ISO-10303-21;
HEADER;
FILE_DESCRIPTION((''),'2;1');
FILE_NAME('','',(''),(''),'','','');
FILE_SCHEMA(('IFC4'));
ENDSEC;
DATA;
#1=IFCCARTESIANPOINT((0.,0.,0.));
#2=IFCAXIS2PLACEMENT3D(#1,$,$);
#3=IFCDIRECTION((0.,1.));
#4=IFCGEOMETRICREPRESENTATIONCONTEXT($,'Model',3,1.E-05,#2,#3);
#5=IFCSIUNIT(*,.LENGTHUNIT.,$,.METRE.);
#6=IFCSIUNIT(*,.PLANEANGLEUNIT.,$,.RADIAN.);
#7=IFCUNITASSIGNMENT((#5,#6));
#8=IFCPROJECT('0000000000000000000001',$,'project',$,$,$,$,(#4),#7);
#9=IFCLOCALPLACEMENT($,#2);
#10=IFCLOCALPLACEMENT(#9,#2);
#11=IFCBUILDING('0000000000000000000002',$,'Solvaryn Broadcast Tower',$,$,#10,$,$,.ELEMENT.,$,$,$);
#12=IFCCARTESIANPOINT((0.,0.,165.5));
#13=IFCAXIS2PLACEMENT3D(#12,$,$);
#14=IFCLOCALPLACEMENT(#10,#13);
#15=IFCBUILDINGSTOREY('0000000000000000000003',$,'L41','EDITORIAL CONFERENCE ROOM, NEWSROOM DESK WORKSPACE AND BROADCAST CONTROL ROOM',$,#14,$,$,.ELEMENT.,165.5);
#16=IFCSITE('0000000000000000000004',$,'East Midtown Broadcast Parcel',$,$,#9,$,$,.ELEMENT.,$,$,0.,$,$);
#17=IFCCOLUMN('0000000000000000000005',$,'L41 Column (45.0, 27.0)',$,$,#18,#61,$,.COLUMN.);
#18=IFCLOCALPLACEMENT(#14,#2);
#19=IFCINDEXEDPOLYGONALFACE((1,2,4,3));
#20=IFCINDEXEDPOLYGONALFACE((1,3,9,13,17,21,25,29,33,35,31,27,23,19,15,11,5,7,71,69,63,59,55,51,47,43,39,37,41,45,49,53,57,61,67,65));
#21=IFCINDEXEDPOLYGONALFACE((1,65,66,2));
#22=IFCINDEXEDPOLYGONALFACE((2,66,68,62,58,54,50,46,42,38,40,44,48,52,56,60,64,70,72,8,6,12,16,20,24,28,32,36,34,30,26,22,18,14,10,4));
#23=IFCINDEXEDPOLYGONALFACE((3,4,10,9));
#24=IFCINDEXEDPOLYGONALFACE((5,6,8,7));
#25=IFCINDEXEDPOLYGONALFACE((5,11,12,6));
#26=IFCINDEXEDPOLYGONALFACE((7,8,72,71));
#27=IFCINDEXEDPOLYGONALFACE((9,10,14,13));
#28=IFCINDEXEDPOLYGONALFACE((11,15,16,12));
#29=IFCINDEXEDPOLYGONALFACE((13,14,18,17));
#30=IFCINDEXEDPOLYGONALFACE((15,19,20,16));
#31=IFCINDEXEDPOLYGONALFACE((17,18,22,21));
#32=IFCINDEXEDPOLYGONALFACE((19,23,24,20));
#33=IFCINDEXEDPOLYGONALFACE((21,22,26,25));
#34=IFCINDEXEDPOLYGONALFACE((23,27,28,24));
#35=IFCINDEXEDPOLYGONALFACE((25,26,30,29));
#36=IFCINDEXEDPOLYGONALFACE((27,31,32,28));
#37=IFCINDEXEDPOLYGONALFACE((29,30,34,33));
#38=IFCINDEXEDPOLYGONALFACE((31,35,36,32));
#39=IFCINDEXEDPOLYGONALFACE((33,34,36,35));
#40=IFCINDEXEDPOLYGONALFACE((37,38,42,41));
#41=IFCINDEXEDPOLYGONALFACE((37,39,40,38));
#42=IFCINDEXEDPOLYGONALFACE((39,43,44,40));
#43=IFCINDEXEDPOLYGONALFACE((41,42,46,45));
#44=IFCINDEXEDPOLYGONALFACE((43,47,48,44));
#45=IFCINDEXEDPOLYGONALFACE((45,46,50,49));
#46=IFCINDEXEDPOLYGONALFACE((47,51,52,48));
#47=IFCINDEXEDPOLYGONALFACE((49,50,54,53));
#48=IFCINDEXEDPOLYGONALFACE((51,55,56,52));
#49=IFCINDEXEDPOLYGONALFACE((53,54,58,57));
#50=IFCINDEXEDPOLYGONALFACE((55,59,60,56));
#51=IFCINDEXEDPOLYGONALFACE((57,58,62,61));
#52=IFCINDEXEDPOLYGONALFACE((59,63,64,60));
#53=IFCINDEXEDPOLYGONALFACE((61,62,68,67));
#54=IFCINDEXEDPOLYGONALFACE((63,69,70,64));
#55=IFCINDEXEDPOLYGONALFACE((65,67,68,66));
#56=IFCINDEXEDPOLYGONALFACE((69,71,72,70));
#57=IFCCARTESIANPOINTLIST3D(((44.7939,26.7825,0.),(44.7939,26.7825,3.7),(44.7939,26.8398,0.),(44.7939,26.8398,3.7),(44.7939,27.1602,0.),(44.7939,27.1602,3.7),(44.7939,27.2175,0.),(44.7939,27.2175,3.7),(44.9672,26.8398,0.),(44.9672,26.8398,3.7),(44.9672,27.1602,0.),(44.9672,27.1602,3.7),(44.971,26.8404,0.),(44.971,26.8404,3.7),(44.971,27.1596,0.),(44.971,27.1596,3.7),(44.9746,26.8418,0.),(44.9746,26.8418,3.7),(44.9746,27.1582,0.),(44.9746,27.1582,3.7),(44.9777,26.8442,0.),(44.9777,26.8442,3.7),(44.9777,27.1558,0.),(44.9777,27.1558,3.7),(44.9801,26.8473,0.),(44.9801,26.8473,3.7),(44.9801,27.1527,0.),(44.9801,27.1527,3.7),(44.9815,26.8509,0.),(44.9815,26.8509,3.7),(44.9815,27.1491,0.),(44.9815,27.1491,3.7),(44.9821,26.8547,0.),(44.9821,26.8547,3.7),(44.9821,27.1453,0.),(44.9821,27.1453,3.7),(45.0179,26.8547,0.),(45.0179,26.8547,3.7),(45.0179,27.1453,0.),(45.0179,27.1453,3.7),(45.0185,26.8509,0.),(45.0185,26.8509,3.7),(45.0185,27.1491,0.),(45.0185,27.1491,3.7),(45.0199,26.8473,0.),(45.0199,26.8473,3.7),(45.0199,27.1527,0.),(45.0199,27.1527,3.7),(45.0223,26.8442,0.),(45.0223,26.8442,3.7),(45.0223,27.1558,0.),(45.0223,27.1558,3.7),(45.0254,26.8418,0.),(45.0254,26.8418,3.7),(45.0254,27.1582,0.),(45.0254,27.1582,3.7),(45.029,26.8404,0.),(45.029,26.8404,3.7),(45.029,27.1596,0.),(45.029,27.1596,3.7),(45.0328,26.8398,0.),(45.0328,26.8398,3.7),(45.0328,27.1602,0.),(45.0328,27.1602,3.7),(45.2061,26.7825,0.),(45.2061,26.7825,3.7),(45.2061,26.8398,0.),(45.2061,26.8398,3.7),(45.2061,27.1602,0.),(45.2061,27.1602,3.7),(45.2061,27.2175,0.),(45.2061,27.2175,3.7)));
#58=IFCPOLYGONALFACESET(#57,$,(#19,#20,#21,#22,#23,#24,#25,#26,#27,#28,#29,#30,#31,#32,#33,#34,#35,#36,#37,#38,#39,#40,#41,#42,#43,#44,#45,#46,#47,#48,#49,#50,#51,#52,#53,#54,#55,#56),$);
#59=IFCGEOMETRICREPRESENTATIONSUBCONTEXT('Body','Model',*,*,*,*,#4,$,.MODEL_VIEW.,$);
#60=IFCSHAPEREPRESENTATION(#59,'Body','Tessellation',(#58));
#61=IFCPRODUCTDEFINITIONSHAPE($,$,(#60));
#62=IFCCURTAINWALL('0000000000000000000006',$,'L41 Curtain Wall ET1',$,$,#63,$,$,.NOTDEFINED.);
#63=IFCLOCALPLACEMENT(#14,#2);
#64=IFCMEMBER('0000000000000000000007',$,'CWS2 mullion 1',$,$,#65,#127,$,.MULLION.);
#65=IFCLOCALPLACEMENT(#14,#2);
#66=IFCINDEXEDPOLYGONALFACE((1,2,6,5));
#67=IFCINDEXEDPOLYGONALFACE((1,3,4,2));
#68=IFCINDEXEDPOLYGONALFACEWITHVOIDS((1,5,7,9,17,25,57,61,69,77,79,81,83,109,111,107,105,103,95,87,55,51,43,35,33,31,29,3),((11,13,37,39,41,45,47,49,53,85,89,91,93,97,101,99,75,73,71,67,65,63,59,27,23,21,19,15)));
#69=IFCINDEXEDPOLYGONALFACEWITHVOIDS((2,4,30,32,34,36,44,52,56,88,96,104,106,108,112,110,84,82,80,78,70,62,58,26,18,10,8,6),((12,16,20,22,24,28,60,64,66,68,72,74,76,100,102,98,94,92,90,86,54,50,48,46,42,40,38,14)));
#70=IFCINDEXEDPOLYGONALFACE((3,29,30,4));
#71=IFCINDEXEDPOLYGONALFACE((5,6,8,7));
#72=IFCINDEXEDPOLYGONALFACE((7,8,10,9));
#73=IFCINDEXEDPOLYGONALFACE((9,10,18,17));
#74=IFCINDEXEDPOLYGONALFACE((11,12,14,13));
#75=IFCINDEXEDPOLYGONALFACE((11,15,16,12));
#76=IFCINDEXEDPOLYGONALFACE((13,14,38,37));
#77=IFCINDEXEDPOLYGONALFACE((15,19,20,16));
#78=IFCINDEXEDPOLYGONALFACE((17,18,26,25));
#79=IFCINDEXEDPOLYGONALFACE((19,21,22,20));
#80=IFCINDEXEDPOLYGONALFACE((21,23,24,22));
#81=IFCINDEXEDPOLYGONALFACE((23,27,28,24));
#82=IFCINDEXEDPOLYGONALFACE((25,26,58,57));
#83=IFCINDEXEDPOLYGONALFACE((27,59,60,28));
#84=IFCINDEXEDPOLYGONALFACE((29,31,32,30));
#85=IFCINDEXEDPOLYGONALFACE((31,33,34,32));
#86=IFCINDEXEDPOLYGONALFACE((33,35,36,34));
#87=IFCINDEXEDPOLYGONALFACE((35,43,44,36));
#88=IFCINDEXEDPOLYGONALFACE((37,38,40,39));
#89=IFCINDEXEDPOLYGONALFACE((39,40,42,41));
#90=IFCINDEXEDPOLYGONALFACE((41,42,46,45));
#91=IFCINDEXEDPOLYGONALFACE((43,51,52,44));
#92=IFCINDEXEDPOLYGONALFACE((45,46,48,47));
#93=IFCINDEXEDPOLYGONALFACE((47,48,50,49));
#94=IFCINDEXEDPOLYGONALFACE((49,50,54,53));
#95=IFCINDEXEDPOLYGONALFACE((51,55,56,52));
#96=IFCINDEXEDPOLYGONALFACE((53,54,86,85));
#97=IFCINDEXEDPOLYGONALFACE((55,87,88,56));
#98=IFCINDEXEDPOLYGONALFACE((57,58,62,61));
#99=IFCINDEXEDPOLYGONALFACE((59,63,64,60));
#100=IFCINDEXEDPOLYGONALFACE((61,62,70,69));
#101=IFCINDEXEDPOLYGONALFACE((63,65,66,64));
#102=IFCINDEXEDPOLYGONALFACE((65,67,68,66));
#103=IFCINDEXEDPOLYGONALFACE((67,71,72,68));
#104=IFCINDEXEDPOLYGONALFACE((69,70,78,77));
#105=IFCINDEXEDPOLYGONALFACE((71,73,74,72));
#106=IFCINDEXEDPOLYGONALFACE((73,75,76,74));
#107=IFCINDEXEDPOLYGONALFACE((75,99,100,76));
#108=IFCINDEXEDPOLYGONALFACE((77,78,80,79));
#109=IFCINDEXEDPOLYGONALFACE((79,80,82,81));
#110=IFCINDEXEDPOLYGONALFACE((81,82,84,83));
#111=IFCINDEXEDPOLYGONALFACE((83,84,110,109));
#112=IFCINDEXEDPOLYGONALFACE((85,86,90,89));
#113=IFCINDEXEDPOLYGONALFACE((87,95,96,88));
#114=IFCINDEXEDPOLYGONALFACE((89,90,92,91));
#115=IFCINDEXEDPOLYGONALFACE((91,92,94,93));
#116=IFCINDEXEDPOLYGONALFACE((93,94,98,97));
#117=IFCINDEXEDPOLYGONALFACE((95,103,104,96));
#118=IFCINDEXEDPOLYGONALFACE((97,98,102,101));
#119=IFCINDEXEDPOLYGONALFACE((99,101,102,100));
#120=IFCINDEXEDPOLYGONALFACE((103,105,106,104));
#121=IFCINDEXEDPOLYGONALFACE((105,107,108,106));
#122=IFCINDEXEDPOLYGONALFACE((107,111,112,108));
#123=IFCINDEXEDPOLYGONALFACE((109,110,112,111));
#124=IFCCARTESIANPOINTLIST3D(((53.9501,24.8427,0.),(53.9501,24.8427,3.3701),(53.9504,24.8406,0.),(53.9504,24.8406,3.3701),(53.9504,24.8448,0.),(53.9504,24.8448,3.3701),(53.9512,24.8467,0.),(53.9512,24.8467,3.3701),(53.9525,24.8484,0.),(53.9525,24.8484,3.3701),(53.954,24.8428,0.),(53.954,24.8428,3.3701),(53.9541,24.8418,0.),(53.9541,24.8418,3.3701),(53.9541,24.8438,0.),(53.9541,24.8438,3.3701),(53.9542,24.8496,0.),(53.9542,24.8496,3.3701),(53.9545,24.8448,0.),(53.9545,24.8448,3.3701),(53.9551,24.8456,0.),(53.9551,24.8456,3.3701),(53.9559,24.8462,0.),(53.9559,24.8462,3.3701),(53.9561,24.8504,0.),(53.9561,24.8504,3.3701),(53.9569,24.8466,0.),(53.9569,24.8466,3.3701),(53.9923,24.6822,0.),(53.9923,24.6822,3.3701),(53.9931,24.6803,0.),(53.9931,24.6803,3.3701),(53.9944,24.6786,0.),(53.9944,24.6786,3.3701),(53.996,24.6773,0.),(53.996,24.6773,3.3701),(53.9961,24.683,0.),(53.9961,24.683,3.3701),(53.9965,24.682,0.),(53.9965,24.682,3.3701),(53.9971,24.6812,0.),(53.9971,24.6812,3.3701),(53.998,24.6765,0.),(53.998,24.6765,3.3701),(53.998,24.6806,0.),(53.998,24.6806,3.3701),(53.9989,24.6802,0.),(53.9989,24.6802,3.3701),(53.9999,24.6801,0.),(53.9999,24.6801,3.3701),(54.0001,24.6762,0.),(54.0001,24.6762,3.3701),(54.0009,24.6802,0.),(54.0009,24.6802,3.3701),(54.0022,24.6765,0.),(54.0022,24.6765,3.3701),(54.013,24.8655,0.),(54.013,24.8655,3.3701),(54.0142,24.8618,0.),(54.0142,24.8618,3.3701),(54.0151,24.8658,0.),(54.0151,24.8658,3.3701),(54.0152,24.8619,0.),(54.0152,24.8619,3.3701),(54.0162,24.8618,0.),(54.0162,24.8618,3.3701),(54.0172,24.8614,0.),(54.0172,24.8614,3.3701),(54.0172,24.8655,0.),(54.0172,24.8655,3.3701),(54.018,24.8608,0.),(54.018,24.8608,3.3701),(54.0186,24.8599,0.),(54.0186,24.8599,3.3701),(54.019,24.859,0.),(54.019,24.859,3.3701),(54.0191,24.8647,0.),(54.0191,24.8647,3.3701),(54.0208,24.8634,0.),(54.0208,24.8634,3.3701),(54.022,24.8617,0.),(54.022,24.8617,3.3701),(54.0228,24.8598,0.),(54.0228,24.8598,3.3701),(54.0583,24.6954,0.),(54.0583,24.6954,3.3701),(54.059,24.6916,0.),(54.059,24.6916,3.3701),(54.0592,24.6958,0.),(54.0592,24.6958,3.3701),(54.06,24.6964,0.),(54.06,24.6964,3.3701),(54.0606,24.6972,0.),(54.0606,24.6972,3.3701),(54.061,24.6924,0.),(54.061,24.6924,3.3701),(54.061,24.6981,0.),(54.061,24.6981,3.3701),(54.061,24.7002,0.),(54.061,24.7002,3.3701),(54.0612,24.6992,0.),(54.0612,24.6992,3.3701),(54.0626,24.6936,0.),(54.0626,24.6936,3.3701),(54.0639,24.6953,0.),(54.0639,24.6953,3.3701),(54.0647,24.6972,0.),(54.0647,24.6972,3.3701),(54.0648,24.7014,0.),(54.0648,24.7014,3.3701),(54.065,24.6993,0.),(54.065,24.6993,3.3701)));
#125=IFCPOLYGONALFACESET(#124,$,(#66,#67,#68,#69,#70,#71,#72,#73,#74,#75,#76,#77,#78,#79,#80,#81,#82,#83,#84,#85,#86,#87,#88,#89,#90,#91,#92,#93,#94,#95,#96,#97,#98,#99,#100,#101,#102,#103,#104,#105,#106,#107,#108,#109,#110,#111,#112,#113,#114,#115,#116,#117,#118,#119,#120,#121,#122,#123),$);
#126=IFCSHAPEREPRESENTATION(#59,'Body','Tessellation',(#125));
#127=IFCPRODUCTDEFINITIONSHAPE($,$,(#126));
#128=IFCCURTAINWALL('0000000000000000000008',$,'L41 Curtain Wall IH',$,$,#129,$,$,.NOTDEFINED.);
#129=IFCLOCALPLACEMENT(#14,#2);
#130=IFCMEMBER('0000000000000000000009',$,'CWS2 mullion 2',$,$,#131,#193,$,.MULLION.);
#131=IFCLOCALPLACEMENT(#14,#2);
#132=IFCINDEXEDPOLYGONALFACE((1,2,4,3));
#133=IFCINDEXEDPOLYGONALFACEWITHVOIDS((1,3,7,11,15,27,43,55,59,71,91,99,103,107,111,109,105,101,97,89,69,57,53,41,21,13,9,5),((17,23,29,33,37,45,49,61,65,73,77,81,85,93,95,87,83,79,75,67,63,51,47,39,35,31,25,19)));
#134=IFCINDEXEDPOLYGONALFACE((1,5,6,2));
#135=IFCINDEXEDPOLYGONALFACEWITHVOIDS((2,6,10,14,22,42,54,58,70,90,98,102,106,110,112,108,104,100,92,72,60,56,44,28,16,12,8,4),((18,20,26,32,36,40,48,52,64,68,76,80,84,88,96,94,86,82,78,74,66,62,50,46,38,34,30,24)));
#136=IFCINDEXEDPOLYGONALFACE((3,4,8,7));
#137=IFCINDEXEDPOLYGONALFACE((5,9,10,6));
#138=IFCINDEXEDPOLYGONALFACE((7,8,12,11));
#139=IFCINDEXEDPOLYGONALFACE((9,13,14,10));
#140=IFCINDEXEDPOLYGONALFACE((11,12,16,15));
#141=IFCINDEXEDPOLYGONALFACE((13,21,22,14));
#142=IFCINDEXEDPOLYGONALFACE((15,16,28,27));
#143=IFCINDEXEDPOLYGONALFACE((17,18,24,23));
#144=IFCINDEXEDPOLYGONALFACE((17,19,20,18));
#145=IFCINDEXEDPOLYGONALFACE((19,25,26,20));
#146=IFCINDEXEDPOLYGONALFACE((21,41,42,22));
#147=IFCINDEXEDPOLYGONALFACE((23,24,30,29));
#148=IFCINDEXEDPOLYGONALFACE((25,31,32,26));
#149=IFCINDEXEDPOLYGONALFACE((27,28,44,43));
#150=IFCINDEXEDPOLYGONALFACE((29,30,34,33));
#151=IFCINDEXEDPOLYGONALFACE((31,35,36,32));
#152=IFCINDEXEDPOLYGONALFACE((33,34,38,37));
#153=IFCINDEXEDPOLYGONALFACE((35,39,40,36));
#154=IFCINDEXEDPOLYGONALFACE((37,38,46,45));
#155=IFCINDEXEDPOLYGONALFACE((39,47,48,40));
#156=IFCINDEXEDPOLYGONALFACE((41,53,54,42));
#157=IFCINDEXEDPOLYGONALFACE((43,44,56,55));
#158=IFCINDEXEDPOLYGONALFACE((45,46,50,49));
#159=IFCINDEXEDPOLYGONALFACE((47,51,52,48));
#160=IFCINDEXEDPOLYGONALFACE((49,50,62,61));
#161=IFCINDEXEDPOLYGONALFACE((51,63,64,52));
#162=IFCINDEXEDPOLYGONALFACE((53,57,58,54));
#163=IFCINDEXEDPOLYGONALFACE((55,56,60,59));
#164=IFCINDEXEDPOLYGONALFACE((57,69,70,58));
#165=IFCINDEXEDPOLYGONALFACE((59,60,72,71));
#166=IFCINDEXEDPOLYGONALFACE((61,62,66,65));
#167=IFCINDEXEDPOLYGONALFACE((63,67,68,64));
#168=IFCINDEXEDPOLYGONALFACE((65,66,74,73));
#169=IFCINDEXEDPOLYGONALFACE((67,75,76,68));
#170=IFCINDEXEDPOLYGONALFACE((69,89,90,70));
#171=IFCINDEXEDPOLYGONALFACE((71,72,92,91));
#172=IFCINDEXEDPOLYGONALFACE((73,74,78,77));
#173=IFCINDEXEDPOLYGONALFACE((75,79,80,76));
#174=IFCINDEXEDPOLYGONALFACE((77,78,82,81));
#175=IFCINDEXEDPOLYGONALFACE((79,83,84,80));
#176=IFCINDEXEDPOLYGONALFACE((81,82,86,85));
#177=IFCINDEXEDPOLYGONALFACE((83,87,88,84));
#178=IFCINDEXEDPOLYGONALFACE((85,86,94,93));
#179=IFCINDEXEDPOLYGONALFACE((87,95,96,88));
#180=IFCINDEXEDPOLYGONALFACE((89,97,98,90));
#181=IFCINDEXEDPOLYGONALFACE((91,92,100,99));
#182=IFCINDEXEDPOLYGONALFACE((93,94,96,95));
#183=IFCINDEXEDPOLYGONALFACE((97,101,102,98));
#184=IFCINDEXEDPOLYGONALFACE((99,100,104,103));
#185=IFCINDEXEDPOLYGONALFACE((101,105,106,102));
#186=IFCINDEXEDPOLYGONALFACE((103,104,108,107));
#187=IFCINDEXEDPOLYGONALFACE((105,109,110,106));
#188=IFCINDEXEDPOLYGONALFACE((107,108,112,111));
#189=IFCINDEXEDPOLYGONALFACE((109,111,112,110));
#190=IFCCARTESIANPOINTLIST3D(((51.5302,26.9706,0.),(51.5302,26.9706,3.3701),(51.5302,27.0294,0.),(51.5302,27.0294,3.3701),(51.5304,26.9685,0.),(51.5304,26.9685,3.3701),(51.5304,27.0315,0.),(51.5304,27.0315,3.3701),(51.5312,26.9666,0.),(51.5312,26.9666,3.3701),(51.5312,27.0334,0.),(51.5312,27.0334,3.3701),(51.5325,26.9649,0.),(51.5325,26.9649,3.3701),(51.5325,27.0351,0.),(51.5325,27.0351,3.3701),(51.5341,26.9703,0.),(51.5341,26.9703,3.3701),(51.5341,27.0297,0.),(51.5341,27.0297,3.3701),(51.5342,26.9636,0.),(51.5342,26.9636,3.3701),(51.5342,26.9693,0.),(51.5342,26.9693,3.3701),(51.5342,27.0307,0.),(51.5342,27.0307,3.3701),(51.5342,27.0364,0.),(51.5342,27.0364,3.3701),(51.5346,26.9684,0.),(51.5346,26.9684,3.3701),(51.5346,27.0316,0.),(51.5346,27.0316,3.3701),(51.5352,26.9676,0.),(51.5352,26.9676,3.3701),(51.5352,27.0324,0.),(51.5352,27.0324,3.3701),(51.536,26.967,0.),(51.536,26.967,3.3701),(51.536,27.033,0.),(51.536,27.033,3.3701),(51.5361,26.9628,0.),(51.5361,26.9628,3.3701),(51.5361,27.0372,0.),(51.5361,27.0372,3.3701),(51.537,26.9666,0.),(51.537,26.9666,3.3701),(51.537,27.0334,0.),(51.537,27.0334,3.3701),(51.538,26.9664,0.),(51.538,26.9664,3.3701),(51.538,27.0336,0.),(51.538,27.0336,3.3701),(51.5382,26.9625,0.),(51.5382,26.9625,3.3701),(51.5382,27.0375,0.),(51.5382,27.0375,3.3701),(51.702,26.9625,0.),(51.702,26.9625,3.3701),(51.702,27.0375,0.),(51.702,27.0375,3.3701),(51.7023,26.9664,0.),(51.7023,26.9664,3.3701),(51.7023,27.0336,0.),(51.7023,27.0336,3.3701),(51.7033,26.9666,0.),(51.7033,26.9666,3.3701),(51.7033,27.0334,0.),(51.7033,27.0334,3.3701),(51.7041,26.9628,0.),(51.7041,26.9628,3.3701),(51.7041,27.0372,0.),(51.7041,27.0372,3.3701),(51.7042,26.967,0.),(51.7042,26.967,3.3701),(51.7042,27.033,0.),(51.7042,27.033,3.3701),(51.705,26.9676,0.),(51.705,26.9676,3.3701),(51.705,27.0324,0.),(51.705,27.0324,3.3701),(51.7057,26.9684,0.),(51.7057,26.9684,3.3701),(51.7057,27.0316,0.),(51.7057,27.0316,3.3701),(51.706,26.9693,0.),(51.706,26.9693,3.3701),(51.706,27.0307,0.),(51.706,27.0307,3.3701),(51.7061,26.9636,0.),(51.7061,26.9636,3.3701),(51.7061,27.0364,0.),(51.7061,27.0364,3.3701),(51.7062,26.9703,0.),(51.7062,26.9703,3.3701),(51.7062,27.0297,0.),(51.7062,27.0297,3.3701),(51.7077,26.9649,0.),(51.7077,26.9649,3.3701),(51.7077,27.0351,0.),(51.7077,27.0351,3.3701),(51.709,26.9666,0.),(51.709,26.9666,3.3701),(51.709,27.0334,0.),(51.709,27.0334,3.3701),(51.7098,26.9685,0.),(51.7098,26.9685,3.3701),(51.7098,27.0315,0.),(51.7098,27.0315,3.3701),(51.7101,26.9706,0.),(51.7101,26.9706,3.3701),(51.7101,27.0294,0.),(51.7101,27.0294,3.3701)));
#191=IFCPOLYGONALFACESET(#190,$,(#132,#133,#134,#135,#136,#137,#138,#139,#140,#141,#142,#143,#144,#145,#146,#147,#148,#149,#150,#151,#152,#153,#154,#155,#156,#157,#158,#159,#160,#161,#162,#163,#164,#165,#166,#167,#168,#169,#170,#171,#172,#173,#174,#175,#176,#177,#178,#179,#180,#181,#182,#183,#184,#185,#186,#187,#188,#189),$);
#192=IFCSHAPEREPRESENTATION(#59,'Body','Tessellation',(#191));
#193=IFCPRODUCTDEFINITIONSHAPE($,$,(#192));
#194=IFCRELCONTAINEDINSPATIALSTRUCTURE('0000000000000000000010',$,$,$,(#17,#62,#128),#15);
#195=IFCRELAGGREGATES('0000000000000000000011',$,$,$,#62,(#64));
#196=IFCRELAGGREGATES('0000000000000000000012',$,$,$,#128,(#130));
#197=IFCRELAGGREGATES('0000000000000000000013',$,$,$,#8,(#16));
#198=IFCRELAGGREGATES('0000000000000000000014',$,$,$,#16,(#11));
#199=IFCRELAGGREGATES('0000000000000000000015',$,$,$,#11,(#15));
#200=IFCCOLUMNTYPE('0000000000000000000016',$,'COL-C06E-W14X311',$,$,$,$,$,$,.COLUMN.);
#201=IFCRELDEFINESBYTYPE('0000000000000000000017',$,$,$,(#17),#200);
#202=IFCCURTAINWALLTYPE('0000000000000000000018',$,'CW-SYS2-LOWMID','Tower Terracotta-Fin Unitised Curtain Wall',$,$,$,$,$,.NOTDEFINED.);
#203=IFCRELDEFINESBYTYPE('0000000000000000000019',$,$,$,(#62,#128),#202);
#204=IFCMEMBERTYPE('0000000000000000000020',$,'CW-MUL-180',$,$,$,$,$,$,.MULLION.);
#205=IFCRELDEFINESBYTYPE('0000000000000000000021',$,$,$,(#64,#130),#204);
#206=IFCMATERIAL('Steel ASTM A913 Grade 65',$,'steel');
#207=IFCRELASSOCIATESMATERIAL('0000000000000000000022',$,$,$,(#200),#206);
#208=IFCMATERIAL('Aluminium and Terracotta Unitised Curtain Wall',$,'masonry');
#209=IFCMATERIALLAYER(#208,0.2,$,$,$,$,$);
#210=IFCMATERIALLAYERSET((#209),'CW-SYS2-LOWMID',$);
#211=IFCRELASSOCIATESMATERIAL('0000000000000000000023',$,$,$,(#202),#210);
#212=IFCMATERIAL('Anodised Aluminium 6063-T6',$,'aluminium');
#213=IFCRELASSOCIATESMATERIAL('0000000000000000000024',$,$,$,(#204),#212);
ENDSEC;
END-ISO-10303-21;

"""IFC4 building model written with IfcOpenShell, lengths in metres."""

from ifc_helpers import new_model, si_unit, direction, frame, origin, origin_2d, place, context, subcontext, project, spatial, hollow_rectangle, i_section, extrude, material, layer, layer_set, material_profile, profile_set, type_object, element, aggregate, save


model = new_model("IFC4")

# Units and contexts
model_context = context("Model", 3, precision=1e-05, world=origin(), true_north=direction((0.0, 1.0)))
body_context = subcontext(model_context, "Body", "Model", "MODEL_VIEW")
ifc_project = project(units=[si_unit("LENGTHUNIT", "METRE"), si_unit("PLANEANGLEUNIT", "RADIAN")], contexts=[model_context])

# Site, building, storey
site_placement = place(None, origin())
site = spatial("IfcSite", under=ifc_project, at=site_placement, Name="East Midtown Broadcast Parcel", CompositionType="ELEMENT", RefElevation=0.0)
building_placement = place(site_placement, origin())
building = spatial("IfcBuilding", under=site, at=building_placement, Name="Solvaryn Broadcast Tower", CompositionType="ELEMENT")
storey_placement = place(building_placement, frame((0.0, 0.0, 165.5)))
storey = spatial("IfcBuildingStorey", under=building, at=storey_placement, Name="L41", Description="EDITORIAL CONFERENCE ROOM, NEWSROOM DESK WORKSPACE AND BROADCAST CONTROL ROOM", CompositionType="ELEMENT", Elevation=165.5)

# Column
ifc_material_1 = material(Name="Steel ASTM A913 Grade 65", Category="steel")
ifc_material_profile_1 = material_profile(ifc_material_1, i_section(OverallWidth=0.4121, OverallDepth=0.4351, WebThickness=0.0359, FlangeThickness=0.0574, FilletRadius=0.0149, at=origin_2d()))
ifc_profile_set_1 = profile_set([ifc_material_profile_1], Name="Steel ASTM A913 Grade 65")
column_type = type_object("IfcColumnType", Name="COL-C06E-W14X311", PredefinedType="COLUMN", material=ifc_profile_set_1)
column_placement = place(storey_placement, frame((45.0, 27.0, 0.0), z_axis=(0.0, 0.0, 1.0), x_axis=(1.0, 0.0, 0.0)))
element("IfcColumn", 1, at=column_placement, inside=storey, type_object=column_type, Name="L41 Column (45.0, 27.0)", PredefinedType="COLUMN", context=body_context, shape_type="SweptSolid", body=[
    extrude(i_section(OverallWidth=0.4121, OverallDepth=0.4351, WebThickness=0.0359, FlangeThickness=0.0574, FilletRadius=0.0149, at=origin_2d()), origin(), (0.0, 0.0, 1.0), 3.7),
])

# Curtain walls, members
ifc_material_2 = material(Name="Aluminium and Terracotta Unitised Curtain Wall", Category="masonry")
ifc_layer_1 = layer(ifc_material_2, 0.2)
ifc_layer_set_1 = layer_set([ifc_layer_1], Name="CW-SYS2-LOWMID")
curtain_wall_type = type_object("IfcCurtainWallType", Name="CW-SYS2-LOWMID", Description="Tower Terracotta-Fin Unitised Curtain Wall", PredefinedType="NOTDEFINED", material=ifc_layer_set_1)
curtain_wall_1_placement = place(storey_placement, origin())
curtain_wall_1 = element("IfcCurtainWall", 2, at=curtain_wall_1_placement, inside=storey, type_object=curtain_wall_type, Name="L41 Curtain Wall ET1", PredefinedType="NOTDEFINED")
ifc_material_3 = material(Name="Anodised Aluminium 6063-T6", Category="aluminium")
ifc_material_profile_2 = material_profile(ifc_material_3, hollow_rectangle(XDim=0.075, YDim=0.1799, WallThickness=0.0039, InnerFilletRadius=0.0039, OuterFilletRadius=0.0081, at=origin_2d()))
ifc_profile_set_2 = profile_set([ifc_material_profile_2], Name="Anodised Aluminium 6063-T6")
member_type_1 = type_object("IfcMemberType", Name="CW-MUL-180", PredefinedType="MULLION", material=ifc_profile_set_2)
member_1_placement = place(storey_placement, frame((54.0076, 24.771, 0.0), z_axis=(0.0, 0.0, 1.0), x_axis=(0.966705, 0.255893, 0.0)))
member_1 = element("IfcMember", 3, at=member_1_placement, type_object=member_type_1, Name="CWS2 mullion 1", PredefinedType="MULLION", context=body_context, shape_type="SweptSolid", body=[
    extrude(hollow_rectangle(XDim=0.075, YDim=0.1799, WallThickness=0.0039, InnerFilletRadius=0.0039, OuterFilletRadius=0.0081, at=origin_2d()), origin(), (0.0, 0.0, 1.0), 3.3701),
])
curtain_wall_2_placement = place(storey_placement, origin())
curtain_wall_2 = element("IfcCurtainWall", 4, at=curtain_wall_2_placement, inside=storey, type_object=curtain_wall_type, Name="L41 Curtain Wall IH", PredefinedType="NOTDEFINED")
member_2_placement = place(storey_placement, frame((51.6201, 27.0, 0.0), z_axis=(0.0, 0.0, 1.0), x_axis=(0.0, 1.0, 0.0)))
member_2 = element("IfcMember", 5, at=member_2_placement, type_object=member_type_1, Name="CWS2 mullion 2", PredefinedType="MULLION", context=body_context, shape_type="SweptSolid", body=[
    extrude(hollow_rectangle(XDim=0.075, YDim=0.1799, WallThickness=0.0039, InnerFilletRadius=0.0039, OuterFilletRadius=0.0081, at=origin_2d()), origin(), (0.0, 0.0, 1.0), 3.3701),
])

aggregate(curtain_wall_1, [member_1])
aggregate(curtain_wall_2, [member_2])

save(model, "model.ifc")
